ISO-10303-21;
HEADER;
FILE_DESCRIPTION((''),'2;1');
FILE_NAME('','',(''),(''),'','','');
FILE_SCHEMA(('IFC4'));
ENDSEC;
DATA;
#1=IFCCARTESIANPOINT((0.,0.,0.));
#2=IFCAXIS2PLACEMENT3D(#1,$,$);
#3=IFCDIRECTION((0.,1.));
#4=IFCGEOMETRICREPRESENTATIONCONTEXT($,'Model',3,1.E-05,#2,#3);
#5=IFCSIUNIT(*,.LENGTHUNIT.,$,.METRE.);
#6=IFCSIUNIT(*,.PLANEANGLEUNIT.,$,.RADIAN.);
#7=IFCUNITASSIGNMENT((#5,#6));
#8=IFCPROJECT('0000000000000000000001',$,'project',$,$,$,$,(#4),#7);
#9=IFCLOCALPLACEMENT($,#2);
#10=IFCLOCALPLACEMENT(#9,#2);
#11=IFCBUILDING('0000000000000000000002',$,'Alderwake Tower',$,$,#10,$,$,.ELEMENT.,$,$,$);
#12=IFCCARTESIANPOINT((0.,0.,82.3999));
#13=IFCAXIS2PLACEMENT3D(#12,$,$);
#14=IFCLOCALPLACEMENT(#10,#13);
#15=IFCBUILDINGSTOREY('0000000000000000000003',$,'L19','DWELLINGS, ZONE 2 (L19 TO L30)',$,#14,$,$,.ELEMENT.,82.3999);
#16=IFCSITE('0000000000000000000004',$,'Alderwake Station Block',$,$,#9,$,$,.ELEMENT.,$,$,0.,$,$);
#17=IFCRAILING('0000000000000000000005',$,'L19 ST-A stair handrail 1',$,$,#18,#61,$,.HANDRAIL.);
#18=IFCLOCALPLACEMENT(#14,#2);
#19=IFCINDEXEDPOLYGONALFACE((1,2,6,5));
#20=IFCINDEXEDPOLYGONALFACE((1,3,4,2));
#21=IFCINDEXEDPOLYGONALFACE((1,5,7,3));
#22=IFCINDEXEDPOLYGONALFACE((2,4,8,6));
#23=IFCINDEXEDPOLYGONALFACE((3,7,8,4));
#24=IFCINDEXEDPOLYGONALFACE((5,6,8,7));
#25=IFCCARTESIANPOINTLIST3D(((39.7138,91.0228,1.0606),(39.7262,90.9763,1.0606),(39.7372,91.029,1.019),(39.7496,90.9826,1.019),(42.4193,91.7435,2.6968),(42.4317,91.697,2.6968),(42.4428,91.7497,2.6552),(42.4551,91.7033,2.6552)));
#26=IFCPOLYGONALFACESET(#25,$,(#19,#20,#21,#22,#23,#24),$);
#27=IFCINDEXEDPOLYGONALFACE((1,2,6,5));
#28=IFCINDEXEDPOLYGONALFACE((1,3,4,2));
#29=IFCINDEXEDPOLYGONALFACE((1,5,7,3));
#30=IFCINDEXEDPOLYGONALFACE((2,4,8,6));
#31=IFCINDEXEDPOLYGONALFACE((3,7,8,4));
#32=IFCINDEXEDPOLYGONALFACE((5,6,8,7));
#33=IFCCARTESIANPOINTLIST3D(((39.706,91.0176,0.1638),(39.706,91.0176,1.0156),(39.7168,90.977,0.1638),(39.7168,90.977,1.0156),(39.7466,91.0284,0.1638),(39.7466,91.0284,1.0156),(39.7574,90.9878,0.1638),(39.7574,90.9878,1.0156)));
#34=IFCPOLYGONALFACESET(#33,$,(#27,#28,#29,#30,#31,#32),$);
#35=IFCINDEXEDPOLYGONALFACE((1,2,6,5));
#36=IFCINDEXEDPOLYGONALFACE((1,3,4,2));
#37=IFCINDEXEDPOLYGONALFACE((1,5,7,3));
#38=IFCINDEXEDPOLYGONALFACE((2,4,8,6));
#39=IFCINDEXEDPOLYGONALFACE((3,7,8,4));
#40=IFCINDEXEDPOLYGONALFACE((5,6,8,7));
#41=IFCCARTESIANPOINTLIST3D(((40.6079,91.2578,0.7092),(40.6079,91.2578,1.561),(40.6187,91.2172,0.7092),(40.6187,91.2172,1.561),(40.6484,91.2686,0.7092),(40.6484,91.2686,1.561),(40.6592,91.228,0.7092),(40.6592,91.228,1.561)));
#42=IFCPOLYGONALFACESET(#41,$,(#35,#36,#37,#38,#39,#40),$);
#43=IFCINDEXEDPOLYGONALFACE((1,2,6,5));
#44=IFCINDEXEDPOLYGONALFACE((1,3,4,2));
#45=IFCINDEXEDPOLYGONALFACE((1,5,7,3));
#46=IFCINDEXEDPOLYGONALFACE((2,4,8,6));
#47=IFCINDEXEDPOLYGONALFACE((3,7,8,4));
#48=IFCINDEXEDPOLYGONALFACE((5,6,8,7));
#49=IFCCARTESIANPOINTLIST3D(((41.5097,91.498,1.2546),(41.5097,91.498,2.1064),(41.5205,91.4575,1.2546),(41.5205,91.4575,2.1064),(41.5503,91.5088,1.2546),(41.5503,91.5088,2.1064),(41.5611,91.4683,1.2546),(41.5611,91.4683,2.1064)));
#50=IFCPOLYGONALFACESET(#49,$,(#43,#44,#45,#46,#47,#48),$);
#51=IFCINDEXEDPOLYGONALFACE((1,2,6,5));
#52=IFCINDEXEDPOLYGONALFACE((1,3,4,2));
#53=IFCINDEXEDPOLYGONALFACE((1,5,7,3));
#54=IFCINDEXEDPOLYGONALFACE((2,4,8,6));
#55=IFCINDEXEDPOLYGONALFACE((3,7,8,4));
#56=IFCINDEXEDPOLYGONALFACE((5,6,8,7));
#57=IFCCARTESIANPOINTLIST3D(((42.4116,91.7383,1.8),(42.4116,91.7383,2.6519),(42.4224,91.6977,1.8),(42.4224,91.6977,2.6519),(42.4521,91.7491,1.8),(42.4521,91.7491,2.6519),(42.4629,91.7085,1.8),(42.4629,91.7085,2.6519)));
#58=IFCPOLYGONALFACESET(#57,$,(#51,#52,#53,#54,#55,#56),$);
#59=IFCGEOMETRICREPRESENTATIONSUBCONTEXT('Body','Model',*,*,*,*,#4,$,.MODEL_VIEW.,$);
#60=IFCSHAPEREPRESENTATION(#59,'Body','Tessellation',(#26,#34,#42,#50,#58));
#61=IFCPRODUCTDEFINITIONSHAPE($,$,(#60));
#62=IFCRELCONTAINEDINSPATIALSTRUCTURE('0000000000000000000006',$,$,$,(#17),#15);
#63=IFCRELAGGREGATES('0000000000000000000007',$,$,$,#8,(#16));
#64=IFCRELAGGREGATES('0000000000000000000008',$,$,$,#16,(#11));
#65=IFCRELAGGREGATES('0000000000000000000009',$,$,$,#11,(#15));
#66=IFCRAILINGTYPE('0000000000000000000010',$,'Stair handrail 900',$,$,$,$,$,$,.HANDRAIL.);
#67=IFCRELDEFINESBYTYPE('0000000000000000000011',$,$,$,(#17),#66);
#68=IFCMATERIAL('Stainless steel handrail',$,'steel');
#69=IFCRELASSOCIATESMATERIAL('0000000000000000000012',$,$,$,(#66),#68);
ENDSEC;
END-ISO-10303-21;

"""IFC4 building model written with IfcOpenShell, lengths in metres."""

from ifc_helpers import new_model, si_unit, direction, frame, origin, origin_2d, place, context, subcontext, project, spatial, rectangle, extrude, material, type_object, element, save


model = new_model("IFC4")

# Units and contexts
model_context = context("Model", 3, precision=1e-05, world=origin(), true_north=direction((0.0, 1.0)))
body_context = subcontext(model_context, "Body", "Model", "MODEL_VIEW")
ifc_project = project(units=[si_unit("LENGTHUNIT", "METRE"), si_unit("PLANEANGLEUNIT", "RADIAN")], contexts=[model_context])

# Site, building, storey
site_placement = place(None, origin())
site = spatial("IfcSite", under=ifc_project, at=site_placement, Name="Alderwake Station Block", CompositionType="ELEMENT", RefElevation=0.0)
building_placement = place(site_placement, origin())
building = spatial("IfcBuilding", under=site, at=building_placement, Name="Alderwake Tower", CompositionType="ELEMENT")
storey_placement = place(building_placement, frame((0.0, 0.0, 82.3999)))
storey = spatial("IfcBuildingStorey", under=building, at=storey_placement, Name="L19", Description="DWELLINGS, ZONE 2 (L19 TO L30)", CompositionType="ELEMENT", Elevation=82.3999)

# Railing
ifc_material_1 = material(Name="Stainless steel handrail", Category="steel")
railing_type_1 = type_object("IfcRailingType", Name="Stair handrail 900", PredefinedType="HANDRAIL", material=ifc_material_1)
railing_1_placement = place(storey_placement, frame((39.7317, 91.0027, 0.1638)))
element("IfcRailing", 1, at=railing_1_placement, inside=storey, type_object=railing_type_1, Name="L19 ST-A stair handrail 1", PredefinedType="HANDRAIL", context=body_context, shape_type="SweptSolid", body=[
    extrude(rectangle(XDim=0.0481, YDim=0.0481, at=origin_2d()), frame((0.0, 0.0, 0.876), z_axis=(0.834291, 0.222237, 0.504549), x_axis=(-0.257402, 0.966304, 0.0)), (0.0, 0.0, 1.0), 3.2429),
    extrude(rectangle(XDim=0.042, YDim=0.042, at=origin_2d()), frame((0.0, 0.0, 0.0), z_axis=(0.0, 0.0, 1.0), x_axis=(0.966304, 0.257402, 0.0)), (0.0, 0.0, 1.0), 0.8518),
    extrude(rectangle(XDim=0.042, YDim=0.042, at=origin_2d()), frame((0.9019, 0.2402, 0.5454), z_axis=(0.0, 0.0, 1.0), x_axis=(0.966304, 0.257402, 0.0)), (0.0, 0.0, 1.0), 0.8518),
    extrude(rectangle(XDim=0.042, YDim=0.042, at=origin_2d()), frame((1.8037, 0.4805, 1.0908), z_axis=(0.0, 0.0, 1.0), x_axis=(0.966304, 0.257402, 0.0)), (0.0, 0.0, 1.0), 0.8518),
    extrude(rectangle(XDim=0.042, YDim=0.042, at=origin_2d()), frame((2.7056, 0.7207, 1.6362), z_axis=(0.0, 0.0, 1.0), x_axis=(0.966304, 0.257402, 0.0)), (0.0, 0.0, 1.0), 0.8518),
])

save(model, "model.ifc")
